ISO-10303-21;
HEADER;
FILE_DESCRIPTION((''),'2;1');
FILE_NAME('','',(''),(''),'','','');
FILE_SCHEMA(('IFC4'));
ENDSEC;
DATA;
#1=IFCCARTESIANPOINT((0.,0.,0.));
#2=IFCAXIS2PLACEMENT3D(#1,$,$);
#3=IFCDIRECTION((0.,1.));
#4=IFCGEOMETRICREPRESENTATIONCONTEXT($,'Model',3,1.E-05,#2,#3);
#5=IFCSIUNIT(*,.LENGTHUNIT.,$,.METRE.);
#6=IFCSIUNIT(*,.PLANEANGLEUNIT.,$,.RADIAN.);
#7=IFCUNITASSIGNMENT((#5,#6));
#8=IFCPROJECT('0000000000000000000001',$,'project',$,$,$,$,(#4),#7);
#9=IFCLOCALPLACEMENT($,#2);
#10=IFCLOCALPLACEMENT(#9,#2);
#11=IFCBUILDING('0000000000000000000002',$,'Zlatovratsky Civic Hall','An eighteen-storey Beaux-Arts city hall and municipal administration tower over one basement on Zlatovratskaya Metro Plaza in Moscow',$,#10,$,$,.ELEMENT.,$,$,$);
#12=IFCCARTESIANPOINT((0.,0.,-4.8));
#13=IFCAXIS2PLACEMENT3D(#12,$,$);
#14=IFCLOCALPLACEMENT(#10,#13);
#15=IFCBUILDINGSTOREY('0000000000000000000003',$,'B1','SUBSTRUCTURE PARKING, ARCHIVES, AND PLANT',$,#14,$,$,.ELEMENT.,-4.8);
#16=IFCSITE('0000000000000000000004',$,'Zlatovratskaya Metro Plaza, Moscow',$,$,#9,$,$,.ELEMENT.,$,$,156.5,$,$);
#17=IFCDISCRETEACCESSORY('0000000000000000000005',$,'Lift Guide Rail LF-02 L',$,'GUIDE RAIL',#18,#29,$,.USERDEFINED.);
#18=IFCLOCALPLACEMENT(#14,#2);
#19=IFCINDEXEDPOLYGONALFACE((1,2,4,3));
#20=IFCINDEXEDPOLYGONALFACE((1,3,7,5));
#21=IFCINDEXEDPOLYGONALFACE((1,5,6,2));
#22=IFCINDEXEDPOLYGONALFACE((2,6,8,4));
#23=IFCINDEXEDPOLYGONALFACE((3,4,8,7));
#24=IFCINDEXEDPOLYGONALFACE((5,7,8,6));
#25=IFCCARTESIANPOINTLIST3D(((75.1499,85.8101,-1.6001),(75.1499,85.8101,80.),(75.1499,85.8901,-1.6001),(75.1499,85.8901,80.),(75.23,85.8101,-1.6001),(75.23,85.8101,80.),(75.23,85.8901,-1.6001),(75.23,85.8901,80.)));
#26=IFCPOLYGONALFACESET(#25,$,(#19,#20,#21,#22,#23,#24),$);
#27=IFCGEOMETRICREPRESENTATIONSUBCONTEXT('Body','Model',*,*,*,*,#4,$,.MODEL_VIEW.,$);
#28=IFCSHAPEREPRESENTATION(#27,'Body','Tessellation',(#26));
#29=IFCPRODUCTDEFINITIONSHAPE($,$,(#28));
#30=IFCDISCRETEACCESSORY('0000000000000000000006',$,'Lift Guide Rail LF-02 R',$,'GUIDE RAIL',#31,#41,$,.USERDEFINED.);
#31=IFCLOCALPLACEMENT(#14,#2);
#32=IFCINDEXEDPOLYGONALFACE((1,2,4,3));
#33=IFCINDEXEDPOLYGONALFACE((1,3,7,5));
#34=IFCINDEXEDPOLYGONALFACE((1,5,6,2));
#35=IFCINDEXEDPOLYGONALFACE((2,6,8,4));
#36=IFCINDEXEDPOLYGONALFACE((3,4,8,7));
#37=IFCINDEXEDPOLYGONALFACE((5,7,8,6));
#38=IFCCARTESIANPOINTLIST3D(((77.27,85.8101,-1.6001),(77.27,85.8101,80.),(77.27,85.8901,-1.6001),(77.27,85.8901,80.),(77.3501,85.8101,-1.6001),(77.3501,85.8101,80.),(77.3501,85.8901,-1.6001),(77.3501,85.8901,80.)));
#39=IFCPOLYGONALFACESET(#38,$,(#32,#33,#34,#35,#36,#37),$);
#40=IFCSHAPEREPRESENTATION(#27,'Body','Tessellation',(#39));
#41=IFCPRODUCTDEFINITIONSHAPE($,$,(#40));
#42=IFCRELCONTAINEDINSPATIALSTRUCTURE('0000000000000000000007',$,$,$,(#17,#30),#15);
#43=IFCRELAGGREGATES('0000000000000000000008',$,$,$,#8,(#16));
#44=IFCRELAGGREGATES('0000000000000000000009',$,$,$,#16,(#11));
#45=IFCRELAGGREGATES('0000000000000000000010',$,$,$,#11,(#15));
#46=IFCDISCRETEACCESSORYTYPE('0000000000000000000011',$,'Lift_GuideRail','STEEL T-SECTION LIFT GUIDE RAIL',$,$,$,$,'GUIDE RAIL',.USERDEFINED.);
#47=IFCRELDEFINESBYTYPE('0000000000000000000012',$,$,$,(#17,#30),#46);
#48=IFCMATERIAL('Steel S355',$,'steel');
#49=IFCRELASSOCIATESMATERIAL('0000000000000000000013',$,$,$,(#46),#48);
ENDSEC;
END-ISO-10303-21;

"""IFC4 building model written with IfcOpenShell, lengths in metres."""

from ifc_helpers import new_model, si_unit, direction, frame, origin, origin_2d, place, context, subcontext, project, spatial, rectangle, extrude, material, type_object, element, save


model = new_model("IFC4")

# Units and contexts
model_context = context("Model", 3, precision=1e-05, world=origin(), true_north=direction((0.0, 1.0)))
body_context = subcontext(model_context, "Body", "Model", "MODEL_VIEW")
ifc_project = project(units=[si_unit("LENGTHUNIT", "METRE"), si_unit("PLANEANGLEUNIT", "RADIAN")], contexts=[model_context])

# Site, building, storey
site_placement = place(None, origin())
site = spatial("IfcSite", under=ifc_project, at=site_placement, Name="Zlatovratskaya Metro Plaza, Moscow", CompositionType="ELEMENT", RefElevation=156.5)
building_placement = place(site_placement, origin())
building = spatial("IfcBuilding", under=site, at=building_placement, Name="Zlatovratsky Civic Hall", Description="An eighteen-storey Beaux-Arts city hall and municipal administration tower over one basement on Zlatovratskaya Metro Plaza in Moscow", CompositionType="ELEMENT")
storey_placement = place(building_placement, frame((0.0, 0.0, -4.8)))
storey = spatial("IfcBuildingStorey", under=building, at=storey_placement, Name="B1", Description="SUBSTRUCTURE PARKING, ARCHIVES, AND PLANT", CompositionType="ELEMENT", Elevation=-4.8)

# Shared definitions
ifc_material_1 = material(Name="Steel S355", Category="steel")

# Discrete accessories
discrete_accessory_type = type_object("IfcDiscreteAccessoryType", Name="Lift_GuideRail", Description="STEEL T-SECTION LIFT GUIDE RAIL", ElementType="GUIDE RAIL", PredefinedType="USERDEFINED", material=ifc_material_1)
for number, where, z_axis, x_axis, name in (
    (1, (75.1899, 85.8501, -1.6001), (0.0, 0.0, 1.0), (1.0, 0.0, 0.0), "Lift Guide Rail LF-02 L"),
    (2, (77.3101, 85.8501, -1.6001), (0.0, 0.0, 1.0), (1.0, 0.0, 0.0), "Lift Guide Rail LF-02 R"),
):
    element("IfcDiscreteAccessory", number, at=place(storey_placement, frame(where, z_axis=z_axis, x_axis=x_axis)), inside=storey, type_object=discrete_accessory_type, Name=name, ObjectType="GUIDE RAIL", PredefinedType="USERDEFINED", context=body_context, shape_type="SweptSolid", body=[
        extrude(rectangle(XDim=0.0801, YDim=0.0801, at=origin_2d()), origin(), (0.0, 0.0, 1.0), 81.6001),
    ])

save(model, "model.ifc")
